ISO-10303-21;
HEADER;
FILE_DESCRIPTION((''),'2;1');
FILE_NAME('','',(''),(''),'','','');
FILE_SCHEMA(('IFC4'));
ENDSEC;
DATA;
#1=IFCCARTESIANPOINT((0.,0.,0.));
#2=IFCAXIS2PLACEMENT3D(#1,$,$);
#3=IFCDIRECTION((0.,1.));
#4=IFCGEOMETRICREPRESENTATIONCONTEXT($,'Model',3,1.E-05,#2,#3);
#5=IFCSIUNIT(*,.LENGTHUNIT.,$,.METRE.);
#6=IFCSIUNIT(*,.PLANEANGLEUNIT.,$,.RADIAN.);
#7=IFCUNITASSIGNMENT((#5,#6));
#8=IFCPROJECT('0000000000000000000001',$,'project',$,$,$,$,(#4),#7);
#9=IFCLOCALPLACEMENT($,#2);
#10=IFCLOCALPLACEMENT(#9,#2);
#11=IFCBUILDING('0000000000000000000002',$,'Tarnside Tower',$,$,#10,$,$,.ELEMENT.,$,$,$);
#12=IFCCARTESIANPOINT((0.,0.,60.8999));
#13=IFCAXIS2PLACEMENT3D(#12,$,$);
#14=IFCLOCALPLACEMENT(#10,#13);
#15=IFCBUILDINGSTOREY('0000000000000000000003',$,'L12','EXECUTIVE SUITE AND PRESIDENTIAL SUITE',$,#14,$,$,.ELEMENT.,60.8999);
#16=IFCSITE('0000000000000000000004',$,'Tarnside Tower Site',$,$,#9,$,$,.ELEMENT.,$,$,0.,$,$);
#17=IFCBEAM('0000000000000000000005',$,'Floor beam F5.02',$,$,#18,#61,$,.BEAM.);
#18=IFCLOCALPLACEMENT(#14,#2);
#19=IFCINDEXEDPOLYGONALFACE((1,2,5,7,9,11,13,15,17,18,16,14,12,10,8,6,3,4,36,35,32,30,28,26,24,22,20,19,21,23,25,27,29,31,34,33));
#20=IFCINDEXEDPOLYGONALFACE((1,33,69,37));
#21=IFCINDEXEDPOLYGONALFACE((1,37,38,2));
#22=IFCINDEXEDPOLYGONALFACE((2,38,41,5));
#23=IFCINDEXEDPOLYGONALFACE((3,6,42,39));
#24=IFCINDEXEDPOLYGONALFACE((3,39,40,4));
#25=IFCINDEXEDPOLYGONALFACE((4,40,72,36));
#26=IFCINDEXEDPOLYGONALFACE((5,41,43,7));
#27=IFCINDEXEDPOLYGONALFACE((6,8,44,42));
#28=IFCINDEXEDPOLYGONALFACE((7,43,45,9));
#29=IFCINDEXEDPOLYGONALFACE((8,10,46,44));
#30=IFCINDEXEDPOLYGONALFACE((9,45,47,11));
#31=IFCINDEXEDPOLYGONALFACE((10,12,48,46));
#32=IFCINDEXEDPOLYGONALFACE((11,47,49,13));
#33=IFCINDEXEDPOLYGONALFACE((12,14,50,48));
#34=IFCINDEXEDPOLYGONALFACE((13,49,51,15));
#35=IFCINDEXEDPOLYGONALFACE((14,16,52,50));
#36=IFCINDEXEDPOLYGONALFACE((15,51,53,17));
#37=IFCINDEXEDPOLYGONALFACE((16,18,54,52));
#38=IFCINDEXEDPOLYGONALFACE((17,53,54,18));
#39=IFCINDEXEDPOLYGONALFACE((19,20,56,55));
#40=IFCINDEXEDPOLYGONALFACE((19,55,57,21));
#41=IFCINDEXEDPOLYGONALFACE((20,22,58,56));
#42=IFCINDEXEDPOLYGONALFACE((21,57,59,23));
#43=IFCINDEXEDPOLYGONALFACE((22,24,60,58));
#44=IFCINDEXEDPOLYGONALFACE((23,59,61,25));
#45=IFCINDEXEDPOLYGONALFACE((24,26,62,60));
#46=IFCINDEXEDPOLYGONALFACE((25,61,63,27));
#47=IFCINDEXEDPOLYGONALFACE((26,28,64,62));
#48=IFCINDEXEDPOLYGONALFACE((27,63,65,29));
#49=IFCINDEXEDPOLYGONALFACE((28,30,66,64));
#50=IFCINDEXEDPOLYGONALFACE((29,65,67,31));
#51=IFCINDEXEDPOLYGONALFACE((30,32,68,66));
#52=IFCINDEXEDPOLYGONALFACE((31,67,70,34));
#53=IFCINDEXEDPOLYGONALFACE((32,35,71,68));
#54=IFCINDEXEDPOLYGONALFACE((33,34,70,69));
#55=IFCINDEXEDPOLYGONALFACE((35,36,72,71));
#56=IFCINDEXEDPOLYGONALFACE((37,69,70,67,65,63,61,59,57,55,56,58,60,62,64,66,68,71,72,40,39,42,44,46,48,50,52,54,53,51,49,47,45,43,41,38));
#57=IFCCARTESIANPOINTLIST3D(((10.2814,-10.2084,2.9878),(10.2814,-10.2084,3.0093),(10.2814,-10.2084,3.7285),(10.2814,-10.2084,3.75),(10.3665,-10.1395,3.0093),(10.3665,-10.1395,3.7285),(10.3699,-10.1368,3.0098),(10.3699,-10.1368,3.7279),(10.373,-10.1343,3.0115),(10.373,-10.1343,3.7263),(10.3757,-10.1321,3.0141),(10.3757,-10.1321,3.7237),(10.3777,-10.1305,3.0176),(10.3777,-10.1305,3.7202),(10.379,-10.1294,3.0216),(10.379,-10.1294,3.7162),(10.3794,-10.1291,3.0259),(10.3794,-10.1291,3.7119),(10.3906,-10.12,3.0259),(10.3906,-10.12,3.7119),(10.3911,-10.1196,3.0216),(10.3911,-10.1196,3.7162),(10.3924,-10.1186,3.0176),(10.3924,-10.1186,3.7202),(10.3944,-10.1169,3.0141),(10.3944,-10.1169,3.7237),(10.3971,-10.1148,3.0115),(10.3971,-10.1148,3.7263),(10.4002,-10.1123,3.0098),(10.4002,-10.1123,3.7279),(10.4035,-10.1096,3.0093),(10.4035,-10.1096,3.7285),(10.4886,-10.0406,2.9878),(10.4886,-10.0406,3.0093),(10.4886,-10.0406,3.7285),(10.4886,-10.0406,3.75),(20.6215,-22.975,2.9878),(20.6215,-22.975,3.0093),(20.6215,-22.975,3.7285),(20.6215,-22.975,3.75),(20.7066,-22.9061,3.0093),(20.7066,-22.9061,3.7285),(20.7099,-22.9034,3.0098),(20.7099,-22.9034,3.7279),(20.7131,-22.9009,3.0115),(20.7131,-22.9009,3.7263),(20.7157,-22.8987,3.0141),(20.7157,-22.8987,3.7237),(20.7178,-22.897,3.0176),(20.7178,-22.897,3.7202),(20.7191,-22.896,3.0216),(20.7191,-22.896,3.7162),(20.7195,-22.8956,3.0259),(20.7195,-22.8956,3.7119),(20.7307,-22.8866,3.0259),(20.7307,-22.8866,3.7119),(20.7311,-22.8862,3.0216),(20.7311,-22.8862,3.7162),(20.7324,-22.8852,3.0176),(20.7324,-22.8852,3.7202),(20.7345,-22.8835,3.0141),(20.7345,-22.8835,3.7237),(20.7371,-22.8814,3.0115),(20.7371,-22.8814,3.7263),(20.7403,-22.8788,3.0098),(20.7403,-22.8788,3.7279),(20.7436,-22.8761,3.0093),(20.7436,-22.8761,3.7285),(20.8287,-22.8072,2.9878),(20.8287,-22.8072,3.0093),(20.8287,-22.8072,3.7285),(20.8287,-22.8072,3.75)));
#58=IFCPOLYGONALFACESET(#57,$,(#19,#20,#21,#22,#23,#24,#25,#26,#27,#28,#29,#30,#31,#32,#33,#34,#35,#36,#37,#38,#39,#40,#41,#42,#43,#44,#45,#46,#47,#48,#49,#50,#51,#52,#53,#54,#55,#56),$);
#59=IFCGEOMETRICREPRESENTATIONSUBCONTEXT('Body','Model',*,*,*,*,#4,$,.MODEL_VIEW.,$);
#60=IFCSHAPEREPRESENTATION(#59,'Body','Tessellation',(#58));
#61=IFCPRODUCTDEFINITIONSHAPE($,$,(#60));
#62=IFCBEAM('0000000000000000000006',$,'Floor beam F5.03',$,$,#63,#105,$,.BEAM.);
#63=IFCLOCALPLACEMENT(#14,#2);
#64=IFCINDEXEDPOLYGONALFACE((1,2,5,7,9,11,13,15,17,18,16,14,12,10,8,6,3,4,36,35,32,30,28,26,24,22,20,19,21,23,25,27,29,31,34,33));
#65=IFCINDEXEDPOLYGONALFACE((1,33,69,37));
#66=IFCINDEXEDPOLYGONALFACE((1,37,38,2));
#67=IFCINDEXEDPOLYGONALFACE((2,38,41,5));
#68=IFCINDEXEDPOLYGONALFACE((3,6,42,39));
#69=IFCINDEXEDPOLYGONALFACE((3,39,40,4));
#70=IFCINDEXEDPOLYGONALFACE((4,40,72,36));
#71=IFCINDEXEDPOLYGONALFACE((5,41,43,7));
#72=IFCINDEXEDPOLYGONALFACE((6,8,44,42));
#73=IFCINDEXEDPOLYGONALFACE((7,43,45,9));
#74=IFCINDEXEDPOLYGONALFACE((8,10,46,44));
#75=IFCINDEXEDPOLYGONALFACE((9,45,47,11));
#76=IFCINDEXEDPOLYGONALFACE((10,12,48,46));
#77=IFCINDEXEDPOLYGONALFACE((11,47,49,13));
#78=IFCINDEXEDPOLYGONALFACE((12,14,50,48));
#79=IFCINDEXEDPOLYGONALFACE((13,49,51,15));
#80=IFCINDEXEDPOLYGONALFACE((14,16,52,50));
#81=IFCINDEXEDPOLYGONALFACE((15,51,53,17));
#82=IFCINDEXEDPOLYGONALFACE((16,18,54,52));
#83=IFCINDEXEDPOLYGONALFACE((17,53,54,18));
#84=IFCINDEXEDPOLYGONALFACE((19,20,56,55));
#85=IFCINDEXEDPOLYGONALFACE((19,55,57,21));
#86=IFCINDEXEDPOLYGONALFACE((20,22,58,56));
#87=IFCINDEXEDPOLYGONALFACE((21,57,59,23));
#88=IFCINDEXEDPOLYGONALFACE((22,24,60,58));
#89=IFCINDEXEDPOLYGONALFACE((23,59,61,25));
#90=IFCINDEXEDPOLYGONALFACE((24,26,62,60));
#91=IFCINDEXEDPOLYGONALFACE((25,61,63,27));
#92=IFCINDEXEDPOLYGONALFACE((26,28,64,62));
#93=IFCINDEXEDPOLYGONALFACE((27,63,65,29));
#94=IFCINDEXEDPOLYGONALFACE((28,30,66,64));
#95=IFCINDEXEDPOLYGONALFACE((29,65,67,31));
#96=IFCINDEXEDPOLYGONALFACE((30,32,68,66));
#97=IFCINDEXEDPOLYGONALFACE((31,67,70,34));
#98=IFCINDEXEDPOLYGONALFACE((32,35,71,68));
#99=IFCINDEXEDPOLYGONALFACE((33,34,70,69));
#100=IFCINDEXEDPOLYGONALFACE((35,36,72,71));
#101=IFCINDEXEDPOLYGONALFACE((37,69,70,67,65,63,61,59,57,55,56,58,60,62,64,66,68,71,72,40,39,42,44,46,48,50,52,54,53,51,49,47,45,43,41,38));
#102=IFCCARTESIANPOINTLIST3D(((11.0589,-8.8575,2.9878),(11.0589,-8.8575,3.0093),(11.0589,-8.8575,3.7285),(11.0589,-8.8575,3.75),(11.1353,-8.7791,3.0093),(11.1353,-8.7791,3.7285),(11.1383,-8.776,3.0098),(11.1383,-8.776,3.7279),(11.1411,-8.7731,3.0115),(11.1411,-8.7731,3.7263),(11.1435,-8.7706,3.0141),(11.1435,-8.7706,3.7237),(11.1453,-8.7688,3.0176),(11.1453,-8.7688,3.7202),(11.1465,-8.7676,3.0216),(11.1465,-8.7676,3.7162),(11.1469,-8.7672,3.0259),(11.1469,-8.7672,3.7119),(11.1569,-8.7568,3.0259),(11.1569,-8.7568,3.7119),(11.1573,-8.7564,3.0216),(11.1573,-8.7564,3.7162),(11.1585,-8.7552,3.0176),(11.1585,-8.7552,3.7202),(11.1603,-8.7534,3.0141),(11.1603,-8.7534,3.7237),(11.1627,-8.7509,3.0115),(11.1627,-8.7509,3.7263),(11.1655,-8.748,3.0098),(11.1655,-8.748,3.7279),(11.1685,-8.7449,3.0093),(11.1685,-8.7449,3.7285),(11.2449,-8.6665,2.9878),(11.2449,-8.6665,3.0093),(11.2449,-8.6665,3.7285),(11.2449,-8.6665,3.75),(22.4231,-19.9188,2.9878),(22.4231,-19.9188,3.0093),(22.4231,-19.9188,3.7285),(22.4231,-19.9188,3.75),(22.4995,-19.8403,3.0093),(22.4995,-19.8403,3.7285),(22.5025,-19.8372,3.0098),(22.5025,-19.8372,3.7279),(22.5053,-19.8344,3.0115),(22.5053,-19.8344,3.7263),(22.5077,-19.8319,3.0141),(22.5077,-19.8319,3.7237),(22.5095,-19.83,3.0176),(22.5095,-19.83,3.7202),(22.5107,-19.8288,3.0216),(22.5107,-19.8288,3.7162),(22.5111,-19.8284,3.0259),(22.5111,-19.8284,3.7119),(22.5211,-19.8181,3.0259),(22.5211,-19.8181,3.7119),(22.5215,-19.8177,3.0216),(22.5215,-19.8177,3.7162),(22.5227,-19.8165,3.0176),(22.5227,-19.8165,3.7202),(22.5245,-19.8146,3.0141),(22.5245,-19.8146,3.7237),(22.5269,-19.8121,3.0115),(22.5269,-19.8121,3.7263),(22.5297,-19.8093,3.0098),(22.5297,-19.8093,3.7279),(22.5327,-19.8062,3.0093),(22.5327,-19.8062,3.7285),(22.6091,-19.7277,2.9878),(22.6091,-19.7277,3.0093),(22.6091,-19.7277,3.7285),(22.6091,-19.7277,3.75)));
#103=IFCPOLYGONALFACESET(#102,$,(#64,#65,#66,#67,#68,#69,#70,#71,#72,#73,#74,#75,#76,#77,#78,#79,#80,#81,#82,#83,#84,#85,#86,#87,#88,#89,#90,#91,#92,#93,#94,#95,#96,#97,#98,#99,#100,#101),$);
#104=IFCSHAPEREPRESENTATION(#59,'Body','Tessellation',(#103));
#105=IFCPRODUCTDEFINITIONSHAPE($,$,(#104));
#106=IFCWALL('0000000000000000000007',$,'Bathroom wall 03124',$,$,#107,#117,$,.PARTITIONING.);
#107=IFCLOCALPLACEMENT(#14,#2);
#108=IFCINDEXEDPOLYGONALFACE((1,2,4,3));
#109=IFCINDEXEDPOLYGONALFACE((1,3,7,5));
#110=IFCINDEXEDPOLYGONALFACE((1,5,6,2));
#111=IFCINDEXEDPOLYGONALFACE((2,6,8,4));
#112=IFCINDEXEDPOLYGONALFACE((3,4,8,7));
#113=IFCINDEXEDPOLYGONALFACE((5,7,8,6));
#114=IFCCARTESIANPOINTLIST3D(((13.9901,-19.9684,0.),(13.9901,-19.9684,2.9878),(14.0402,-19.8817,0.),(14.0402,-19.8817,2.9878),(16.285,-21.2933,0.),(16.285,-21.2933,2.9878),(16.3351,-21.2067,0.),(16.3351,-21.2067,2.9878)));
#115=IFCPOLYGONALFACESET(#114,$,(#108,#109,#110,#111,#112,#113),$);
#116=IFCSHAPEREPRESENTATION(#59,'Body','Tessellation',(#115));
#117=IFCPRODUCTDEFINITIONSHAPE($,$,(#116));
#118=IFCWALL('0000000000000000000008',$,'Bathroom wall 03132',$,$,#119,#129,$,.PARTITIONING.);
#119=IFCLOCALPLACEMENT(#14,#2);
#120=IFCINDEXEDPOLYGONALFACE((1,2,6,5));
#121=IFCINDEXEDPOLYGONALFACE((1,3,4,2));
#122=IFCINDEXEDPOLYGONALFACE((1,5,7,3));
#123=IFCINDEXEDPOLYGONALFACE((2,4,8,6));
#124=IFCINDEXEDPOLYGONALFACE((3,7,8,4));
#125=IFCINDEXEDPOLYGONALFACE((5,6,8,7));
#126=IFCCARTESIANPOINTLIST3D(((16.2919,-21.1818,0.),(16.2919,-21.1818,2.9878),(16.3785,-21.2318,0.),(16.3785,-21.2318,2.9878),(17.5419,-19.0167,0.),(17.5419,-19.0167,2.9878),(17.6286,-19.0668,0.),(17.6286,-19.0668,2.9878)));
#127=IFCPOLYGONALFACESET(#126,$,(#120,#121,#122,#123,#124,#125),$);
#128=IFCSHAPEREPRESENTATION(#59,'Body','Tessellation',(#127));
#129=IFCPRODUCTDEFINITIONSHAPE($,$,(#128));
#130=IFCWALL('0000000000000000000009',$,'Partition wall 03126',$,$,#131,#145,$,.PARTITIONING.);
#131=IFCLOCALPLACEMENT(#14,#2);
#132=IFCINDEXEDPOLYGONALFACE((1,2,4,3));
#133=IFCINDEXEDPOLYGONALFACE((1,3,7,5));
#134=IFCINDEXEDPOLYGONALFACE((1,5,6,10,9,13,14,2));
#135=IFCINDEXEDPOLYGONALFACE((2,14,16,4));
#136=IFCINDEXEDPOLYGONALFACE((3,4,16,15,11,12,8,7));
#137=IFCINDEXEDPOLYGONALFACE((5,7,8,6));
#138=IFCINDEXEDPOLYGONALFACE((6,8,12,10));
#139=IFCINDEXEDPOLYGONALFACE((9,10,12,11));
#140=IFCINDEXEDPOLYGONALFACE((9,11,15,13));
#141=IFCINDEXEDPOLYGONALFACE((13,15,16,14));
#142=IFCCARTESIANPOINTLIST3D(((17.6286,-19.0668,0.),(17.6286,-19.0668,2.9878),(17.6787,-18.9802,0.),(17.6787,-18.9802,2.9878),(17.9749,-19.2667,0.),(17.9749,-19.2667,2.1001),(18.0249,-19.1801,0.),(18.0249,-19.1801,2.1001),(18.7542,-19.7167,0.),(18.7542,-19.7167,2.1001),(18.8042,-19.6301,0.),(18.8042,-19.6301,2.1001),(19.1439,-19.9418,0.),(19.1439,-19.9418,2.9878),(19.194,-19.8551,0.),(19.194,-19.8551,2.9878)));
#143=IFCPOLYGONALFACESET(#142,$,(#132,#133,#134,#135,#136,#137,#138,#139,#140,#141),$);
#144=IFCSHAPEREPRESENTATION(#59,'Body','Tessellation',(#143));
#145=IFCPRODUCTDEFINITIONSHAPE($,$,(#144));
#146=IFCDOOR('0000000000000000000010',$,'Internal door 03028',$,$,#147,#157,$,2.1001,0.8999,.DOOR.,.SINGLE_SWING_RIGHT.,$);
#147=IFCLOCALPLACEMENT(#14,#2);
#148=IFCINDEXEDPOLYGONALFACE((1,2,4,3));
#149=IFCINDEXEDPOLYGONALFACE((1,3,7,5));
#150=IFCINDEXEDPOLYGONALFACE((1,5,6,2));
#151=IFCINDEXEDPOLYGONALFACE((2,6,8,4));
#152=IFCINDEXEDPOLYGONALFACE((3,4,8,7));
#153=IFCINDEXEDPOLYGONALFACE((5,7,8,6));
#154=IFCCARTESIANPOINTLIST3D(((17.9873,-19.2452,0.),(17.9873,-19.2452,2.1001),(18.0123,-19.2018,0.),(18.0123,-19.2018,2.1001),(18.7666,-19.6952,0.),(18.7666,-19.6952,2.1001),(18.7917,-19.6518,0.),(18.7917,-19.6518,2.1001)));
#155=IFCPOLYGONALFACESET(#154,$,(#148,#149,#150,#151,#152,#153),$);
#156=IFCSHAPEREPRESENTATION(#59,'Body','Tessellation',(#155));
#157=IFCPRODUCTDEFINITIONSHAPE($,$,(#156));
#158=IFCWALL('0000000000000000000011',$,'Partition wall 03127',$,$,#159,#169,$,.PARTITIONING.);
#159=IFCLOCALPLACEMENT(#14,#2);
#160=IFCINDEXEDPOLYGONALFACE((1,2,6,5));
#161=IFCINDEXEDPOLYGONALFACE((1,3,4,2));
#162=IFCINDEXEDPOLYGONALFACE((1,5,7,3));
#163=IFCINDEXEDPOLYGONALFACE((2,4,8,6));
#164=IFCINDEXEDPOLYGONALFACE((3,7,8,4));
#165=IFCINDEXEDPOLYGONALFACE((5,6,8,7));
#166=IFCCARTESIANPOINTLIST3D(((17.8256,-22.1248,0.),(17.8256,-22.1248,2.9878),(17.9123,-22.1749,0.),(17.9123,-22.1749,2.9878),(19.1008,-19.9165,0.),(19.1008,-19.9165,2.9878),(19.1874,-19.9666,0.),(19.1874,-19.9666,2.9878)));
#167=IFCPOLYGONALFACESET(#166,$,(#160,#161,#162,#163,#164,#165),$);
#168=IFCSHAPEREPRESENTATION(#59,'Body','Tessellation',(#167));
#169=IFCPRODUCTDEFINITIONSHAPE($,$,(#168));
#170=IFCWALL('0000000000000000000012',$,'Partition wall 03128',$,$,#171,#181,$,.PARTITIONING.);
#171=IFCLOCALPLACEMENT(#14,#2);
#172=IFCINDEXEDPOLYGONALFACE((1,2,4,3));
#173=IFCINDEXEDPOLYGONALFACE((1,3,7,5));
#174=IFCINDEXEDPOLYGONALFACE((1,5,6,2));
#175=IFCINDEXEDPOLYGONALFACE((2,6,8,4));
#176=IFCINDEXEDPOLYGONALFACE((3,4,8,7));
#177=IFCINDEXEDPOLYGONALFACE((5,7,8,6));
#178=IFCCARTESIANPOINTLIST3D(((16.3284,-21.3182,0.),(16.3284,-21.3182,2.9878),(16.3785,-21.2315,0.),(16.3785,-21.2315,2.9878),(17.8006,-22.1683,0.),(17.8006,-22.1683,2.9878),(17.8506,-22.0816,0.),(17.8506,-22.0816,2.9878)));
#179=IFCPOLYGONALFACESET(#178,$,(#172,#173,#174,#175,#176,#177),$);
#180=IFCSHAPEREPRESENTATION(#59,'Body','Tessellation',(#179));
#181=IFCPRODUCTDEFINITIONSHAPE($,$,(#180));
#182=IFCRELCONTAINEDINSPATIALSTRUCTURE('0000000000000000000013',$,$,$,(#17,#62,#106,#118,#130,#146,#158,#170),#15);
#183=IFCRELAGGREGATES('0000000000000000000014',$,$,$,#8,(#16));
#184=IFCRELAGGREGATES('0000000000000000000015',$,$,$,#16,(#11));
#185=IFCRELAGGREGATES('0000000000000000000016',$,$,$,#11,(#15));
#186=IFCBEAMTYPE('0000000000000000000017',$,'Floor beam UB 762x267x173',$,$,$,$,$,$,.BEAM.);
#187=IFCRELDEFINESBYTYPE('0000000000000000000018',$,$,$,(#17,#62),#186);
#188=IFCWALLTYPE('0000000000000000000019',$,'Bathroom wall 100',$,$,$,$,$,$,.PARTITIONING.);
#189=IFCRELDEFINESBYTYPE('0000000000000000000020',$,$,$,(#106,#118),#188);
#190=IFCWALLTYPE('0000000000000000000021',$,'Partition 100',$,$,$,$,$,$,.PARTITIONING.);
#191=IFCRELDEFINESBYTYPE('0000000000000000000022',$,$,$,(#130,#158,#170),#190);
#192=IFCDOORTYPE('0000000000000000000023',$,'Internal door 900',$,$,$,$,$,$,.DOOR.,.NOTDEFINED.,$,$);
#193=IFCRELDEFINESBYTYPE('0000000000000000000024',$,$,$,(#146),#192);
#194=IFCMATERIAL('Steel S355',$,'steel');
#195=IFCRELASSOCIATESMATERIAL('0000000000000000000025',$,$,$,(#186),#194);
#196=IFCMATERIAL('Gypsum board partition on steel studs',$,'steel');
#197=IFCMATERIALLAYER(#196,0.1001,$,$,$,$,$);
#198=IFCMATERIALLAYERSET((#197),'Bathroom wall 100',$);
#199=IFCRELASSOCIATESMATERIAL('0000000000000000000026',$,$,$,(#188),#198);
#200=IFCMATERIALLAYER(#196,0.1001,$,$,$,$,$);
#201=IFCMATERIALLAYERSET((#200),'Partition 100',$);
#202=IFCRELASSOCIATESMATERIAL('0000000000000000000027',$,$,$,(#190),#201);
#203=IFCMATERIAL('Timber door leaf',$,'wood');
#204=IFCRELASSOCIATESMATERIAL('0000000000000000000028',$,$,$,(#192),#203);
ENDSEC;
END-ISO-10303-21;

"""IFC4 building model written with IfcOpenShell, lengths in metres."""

from ifc_helpers import new_model, si_unit, direction, frame, frame_2d, origin, origin_2d, place, context, subcontext, project, spatial, rectangle, i_section, extrude, material, layer, layer_set, material_profile, profile_set, type_object, element, fill, save


model = new_model("IFC4")

# Units and contexts
model_context = context("Model", 3, precision=1e-05, world=origin(), true_north=direction((0.0, 1.0)))
body_context = subcontext(model_context, "Body", "Model", "MODEL_VIEW")
ifc_project = project(units=[si_unit("LENGTHUNIT", "METRE"), si_unit("PLANEANGLEUNIT", "RADIAN")], contexts=[model_context])

# Site, building, storey
site_placement = place(None, origin())
site = spatial("IfcSite", under=ifc_project, at=site_placement, Name="Tarnside Tower Site", CompositionType="ELEMENT", RefElevation=0.0)
building_placement = place(site_placement, origin())
building = spatial("IfcBuilding", under=site, at=building_placement, Name="Tarnside Tower", CompositionType="ELEMENT")
storey_placement = place(building_placement, frame((0.0, 0.0, 60.8999)))
storey = spatial("IfcBuildingStorey", under=building, at=storey_placement, Name="L12", Description="EXECUTIVE SUITE AND PRESIDENTIAL SUITE", CompositionType="ELEMENT", Elevation=60.8999)

# Beams
ifc_material_1 = material(Name="Steel S355", Category="steel")
ifc_material_profile = material_profile(ifc_material_1, i_section(OverallWidth=0.2666, OverallDepth=0.7622, WebThickness=0.0144, FlangeThickness=0.0215, FilletRadius=0.0166, at=origin_2d()), Name="UB 762x267x173")
ifc_profile_set = profile_set([ifc_material_profile], Name="Steel S355")
beam_type = type_object("IfcBeamType", Name="Floor beam UB 762x267x173", PredefinedType="BEAM", material=ifc_profile_set)
beam_1_placement = place(storey_placement, frame((20.7251, -22.8911, 3.3689), z_axis=(-0.62939, 0.777089, 0.0), x_axis=(-0.777089, -0.62939, 0.0)))
element("IfcBeam", 1, at=beam_1_placement, inside=storey, type_object=beam_type, Name="Floor beam F5.02", PredefinedType="BEAM", context=body_context, shape_type="SweptSolid", body=[
    extrude(i_section(OverallWidth=0.2666, OverallDepth=0.7622, WebThickness=0.0144, FlangeThickness=0.0215, FilletRadius=0.0166, at=origin_2d()), origin(), (0.0, 0.0, 1.0), 16.4287),
])
beam_2_placement = place(storey_placement, frame((22.5161, -19.8232, 3.3689), z_axis=(-0.716595, 0.69749, 0.0), x_axis=(-0.69749, -0.716595, 0.0)))
element("IfcBeam", 2, at=beam_2_placement, inside=storey, type_object=beam_type, Name="Floor beam F5.03", PredefinedType="BEAM", context=body_context, shape_type="SweptSolid", body=[
    extrude(i_section(OverallWidth=0.2666, OverallDepth=0.7622, WebThickness=0.0144, FlangeThickness=0.0215, FilletRadius=0.0166, at=origin_2d()), origin(), (0.0, 0.0, 1.0), 15.8586),
])

# Walls
ifc_material_2 = material(Name="Gypsum board partition on steel studs", Category="steel")
ifc_layer_1 = layer(ifc_material_2, 0.1001)
ifc_layer_set_1 = layer_set([ifc_layer_1], Name="Bathroom wall 100")
wall_type_1 = type_object("IfcWallType", Name="Bathroom wall 100", PredefinedType="PARTITIONING", material=ifc_layer_set_1)
wall_1_placement = place(storey_placement, frame((16.3101, -21.25, 0.0), z_axis=(0.0, 0.0, 1.0), x_axis=(-0.866029, 0.499994, 0.0)))
element("IfcWall", 3, at=wall_1_placement, inside=storey, type_object=wall_type_1, Name="Bathroom wall 03124", PredefinedType="PARTITIONING", context=body_context, shape_type="SweptSolid", body=[
    extrude(rectangle(XDim=2.6499, YDim=0.1001, at=frame_2d((1.325, 0.0))), origin(), (0.0, 0.0, 1.0), 2.9878),
])
wall_2_placement = place(storey_placement, frame((16.3352, -21.2068, 0.0), z_axis=(0.0, 0.0, 1.0), x_axis=(0.500004, 0.866023, 0.0)))
element("IfcWall", 4, at=wall_2_placement, inside=storey, type_object=wall_type_1, Name="Bathroom wall 03132", PredefinedType="PARTITIONING", context=body_context, shape_type="SweptSolid", body=[
    extrude(rectangle(XDim=2.5, YDim=0.1001, at=frame_2d((1.25, 0.0))), origin(), (0.0, 0.0, 1.0), 2.9878),
])

# Wall, opening, door
ifc_layer_2 = layer(ifc_material_2, 0.1001)
ifc_layer_set_2 = layer_set([ifc_layer_2], Name="Partition 100")
wall_type_2 = type_object("IfcWallType", Name="Partition 100", PredefinedType="PARTITIONING", material=ifc_layer_set_2)
wall_3_placement = place(storey_placement, frame((17.6536, -19.0234, 0.0), z_axis=(0.0, 0.0, 1.0), x_axis=(0.866002, -0.50004, 0.0)))
wall_3 = element("IfcWall", 5, at=wall_3_placement, inside=storey, type_object=wall_type_2, Name="Partition wall 03126", PredefinedType="PARTITIONING", context=body_context, shape_type="SweptSolid", body=[
    extrude(rectangle(XDim=1.7498, YDim=0.1001, at=frame_2d((0.875, 0.0))), origin(), (0.0, 0.0, 1.0), 2.9878),
])
opening_1_placement = place(wall_3_placement, frame((0.3999, 0.0, 0.0)))
opening_1 = element("IfcOpeningElement", 6, at=opening_1_placement, cuts=wall_3, PredefinedType="OPENING", context=body_context, shape_type="SweptSolid", body=[
    extrude(rectangle(XDim=0.8999, YDim=2.1001, at=frame_2d((0.45, 1.05))), frame((0.0, 0.0601, 0.0), z_axis=(0.0, -1.0, 0.0), x_axis=(1.0, 0.0, 0.0)), (0.0, 0.0, 1.0), 0.1201),
])
ifc_material_3 = material(Name="Timber door leaf", Category="wood")
door_type = type_object("IfcDoorType", Name="Internal door 900", OperationType="NOTDEFINED", PredefinedType="DOOR", material=ifc_material_3)
door_1_placement = place(opening_1_placement, origin())
door_1 = element("IfcDoor", 7, at=door_1_placement, inside=storey, type_object=door_type, Name="Internal door 03028", OperationType="SINGLE_SWING_RIGHT", OverallHeight=2.1001, OverallWidth=0.8999, PredefinedType="DOOR", context=body_context, shape_type="SweptSolid", body=[
    extrude(rectangle(XDim=0.8999, YDim=2.1001, at=frame_2d((0.45, 1.05))), frame((0.0, 0.0249, 0.0), z_axis=(0.0, -1.0, 0.0), x_axis=(1.0, 0.0, 0.0)), (0.0, 0.0, 1.0), 0.05),
])
fill(opening_1, door_1)

# Walls
wall_4_placement = place(storey_placement, frame((19.144, -19.9417, 0.0), z_axis=(0.0, 0.0, 1.0), x_axis=(-0.500062, -0.865989, 0.0)))
element("IfcWall", 8, at=wall_4_placement, inside=storey, type_object=wall_type_2, Name="Partition wall 03127", PredefinedType="PARTITIONING", context=body_context, shape_type="SweptSolid", body=[
    extrude(rectangle(XDim=2.55, YDim=0.1001, at=frame_2d((1.2749, 0.0))), origin(), (0.0, 0.0, 1.0), 2.9878),
])
wall_5_placement = place(storey_placement, frame((17.8257, -22.125, 0.0), z_axis=(0.0, 0.0, 1.0), x_axis=(-0.865989, 0.500062, 0.0)))
element("IfcWall", 9, at=wall_5_placement, inside=storey, type_object=wall_type_2, Name="Partition wall 03128", PredefinedType="PARTITIONING", context=body_context, shape_type="SweptSolid", body=[
    extrude(rectangle(XDim=1.7, YDim=0.1001, at=frame_2d((0.8501, 0.0))), origin(), (0.0, 0.0, 1.0), 2.9878),
])

save(model, "model.ifc")
